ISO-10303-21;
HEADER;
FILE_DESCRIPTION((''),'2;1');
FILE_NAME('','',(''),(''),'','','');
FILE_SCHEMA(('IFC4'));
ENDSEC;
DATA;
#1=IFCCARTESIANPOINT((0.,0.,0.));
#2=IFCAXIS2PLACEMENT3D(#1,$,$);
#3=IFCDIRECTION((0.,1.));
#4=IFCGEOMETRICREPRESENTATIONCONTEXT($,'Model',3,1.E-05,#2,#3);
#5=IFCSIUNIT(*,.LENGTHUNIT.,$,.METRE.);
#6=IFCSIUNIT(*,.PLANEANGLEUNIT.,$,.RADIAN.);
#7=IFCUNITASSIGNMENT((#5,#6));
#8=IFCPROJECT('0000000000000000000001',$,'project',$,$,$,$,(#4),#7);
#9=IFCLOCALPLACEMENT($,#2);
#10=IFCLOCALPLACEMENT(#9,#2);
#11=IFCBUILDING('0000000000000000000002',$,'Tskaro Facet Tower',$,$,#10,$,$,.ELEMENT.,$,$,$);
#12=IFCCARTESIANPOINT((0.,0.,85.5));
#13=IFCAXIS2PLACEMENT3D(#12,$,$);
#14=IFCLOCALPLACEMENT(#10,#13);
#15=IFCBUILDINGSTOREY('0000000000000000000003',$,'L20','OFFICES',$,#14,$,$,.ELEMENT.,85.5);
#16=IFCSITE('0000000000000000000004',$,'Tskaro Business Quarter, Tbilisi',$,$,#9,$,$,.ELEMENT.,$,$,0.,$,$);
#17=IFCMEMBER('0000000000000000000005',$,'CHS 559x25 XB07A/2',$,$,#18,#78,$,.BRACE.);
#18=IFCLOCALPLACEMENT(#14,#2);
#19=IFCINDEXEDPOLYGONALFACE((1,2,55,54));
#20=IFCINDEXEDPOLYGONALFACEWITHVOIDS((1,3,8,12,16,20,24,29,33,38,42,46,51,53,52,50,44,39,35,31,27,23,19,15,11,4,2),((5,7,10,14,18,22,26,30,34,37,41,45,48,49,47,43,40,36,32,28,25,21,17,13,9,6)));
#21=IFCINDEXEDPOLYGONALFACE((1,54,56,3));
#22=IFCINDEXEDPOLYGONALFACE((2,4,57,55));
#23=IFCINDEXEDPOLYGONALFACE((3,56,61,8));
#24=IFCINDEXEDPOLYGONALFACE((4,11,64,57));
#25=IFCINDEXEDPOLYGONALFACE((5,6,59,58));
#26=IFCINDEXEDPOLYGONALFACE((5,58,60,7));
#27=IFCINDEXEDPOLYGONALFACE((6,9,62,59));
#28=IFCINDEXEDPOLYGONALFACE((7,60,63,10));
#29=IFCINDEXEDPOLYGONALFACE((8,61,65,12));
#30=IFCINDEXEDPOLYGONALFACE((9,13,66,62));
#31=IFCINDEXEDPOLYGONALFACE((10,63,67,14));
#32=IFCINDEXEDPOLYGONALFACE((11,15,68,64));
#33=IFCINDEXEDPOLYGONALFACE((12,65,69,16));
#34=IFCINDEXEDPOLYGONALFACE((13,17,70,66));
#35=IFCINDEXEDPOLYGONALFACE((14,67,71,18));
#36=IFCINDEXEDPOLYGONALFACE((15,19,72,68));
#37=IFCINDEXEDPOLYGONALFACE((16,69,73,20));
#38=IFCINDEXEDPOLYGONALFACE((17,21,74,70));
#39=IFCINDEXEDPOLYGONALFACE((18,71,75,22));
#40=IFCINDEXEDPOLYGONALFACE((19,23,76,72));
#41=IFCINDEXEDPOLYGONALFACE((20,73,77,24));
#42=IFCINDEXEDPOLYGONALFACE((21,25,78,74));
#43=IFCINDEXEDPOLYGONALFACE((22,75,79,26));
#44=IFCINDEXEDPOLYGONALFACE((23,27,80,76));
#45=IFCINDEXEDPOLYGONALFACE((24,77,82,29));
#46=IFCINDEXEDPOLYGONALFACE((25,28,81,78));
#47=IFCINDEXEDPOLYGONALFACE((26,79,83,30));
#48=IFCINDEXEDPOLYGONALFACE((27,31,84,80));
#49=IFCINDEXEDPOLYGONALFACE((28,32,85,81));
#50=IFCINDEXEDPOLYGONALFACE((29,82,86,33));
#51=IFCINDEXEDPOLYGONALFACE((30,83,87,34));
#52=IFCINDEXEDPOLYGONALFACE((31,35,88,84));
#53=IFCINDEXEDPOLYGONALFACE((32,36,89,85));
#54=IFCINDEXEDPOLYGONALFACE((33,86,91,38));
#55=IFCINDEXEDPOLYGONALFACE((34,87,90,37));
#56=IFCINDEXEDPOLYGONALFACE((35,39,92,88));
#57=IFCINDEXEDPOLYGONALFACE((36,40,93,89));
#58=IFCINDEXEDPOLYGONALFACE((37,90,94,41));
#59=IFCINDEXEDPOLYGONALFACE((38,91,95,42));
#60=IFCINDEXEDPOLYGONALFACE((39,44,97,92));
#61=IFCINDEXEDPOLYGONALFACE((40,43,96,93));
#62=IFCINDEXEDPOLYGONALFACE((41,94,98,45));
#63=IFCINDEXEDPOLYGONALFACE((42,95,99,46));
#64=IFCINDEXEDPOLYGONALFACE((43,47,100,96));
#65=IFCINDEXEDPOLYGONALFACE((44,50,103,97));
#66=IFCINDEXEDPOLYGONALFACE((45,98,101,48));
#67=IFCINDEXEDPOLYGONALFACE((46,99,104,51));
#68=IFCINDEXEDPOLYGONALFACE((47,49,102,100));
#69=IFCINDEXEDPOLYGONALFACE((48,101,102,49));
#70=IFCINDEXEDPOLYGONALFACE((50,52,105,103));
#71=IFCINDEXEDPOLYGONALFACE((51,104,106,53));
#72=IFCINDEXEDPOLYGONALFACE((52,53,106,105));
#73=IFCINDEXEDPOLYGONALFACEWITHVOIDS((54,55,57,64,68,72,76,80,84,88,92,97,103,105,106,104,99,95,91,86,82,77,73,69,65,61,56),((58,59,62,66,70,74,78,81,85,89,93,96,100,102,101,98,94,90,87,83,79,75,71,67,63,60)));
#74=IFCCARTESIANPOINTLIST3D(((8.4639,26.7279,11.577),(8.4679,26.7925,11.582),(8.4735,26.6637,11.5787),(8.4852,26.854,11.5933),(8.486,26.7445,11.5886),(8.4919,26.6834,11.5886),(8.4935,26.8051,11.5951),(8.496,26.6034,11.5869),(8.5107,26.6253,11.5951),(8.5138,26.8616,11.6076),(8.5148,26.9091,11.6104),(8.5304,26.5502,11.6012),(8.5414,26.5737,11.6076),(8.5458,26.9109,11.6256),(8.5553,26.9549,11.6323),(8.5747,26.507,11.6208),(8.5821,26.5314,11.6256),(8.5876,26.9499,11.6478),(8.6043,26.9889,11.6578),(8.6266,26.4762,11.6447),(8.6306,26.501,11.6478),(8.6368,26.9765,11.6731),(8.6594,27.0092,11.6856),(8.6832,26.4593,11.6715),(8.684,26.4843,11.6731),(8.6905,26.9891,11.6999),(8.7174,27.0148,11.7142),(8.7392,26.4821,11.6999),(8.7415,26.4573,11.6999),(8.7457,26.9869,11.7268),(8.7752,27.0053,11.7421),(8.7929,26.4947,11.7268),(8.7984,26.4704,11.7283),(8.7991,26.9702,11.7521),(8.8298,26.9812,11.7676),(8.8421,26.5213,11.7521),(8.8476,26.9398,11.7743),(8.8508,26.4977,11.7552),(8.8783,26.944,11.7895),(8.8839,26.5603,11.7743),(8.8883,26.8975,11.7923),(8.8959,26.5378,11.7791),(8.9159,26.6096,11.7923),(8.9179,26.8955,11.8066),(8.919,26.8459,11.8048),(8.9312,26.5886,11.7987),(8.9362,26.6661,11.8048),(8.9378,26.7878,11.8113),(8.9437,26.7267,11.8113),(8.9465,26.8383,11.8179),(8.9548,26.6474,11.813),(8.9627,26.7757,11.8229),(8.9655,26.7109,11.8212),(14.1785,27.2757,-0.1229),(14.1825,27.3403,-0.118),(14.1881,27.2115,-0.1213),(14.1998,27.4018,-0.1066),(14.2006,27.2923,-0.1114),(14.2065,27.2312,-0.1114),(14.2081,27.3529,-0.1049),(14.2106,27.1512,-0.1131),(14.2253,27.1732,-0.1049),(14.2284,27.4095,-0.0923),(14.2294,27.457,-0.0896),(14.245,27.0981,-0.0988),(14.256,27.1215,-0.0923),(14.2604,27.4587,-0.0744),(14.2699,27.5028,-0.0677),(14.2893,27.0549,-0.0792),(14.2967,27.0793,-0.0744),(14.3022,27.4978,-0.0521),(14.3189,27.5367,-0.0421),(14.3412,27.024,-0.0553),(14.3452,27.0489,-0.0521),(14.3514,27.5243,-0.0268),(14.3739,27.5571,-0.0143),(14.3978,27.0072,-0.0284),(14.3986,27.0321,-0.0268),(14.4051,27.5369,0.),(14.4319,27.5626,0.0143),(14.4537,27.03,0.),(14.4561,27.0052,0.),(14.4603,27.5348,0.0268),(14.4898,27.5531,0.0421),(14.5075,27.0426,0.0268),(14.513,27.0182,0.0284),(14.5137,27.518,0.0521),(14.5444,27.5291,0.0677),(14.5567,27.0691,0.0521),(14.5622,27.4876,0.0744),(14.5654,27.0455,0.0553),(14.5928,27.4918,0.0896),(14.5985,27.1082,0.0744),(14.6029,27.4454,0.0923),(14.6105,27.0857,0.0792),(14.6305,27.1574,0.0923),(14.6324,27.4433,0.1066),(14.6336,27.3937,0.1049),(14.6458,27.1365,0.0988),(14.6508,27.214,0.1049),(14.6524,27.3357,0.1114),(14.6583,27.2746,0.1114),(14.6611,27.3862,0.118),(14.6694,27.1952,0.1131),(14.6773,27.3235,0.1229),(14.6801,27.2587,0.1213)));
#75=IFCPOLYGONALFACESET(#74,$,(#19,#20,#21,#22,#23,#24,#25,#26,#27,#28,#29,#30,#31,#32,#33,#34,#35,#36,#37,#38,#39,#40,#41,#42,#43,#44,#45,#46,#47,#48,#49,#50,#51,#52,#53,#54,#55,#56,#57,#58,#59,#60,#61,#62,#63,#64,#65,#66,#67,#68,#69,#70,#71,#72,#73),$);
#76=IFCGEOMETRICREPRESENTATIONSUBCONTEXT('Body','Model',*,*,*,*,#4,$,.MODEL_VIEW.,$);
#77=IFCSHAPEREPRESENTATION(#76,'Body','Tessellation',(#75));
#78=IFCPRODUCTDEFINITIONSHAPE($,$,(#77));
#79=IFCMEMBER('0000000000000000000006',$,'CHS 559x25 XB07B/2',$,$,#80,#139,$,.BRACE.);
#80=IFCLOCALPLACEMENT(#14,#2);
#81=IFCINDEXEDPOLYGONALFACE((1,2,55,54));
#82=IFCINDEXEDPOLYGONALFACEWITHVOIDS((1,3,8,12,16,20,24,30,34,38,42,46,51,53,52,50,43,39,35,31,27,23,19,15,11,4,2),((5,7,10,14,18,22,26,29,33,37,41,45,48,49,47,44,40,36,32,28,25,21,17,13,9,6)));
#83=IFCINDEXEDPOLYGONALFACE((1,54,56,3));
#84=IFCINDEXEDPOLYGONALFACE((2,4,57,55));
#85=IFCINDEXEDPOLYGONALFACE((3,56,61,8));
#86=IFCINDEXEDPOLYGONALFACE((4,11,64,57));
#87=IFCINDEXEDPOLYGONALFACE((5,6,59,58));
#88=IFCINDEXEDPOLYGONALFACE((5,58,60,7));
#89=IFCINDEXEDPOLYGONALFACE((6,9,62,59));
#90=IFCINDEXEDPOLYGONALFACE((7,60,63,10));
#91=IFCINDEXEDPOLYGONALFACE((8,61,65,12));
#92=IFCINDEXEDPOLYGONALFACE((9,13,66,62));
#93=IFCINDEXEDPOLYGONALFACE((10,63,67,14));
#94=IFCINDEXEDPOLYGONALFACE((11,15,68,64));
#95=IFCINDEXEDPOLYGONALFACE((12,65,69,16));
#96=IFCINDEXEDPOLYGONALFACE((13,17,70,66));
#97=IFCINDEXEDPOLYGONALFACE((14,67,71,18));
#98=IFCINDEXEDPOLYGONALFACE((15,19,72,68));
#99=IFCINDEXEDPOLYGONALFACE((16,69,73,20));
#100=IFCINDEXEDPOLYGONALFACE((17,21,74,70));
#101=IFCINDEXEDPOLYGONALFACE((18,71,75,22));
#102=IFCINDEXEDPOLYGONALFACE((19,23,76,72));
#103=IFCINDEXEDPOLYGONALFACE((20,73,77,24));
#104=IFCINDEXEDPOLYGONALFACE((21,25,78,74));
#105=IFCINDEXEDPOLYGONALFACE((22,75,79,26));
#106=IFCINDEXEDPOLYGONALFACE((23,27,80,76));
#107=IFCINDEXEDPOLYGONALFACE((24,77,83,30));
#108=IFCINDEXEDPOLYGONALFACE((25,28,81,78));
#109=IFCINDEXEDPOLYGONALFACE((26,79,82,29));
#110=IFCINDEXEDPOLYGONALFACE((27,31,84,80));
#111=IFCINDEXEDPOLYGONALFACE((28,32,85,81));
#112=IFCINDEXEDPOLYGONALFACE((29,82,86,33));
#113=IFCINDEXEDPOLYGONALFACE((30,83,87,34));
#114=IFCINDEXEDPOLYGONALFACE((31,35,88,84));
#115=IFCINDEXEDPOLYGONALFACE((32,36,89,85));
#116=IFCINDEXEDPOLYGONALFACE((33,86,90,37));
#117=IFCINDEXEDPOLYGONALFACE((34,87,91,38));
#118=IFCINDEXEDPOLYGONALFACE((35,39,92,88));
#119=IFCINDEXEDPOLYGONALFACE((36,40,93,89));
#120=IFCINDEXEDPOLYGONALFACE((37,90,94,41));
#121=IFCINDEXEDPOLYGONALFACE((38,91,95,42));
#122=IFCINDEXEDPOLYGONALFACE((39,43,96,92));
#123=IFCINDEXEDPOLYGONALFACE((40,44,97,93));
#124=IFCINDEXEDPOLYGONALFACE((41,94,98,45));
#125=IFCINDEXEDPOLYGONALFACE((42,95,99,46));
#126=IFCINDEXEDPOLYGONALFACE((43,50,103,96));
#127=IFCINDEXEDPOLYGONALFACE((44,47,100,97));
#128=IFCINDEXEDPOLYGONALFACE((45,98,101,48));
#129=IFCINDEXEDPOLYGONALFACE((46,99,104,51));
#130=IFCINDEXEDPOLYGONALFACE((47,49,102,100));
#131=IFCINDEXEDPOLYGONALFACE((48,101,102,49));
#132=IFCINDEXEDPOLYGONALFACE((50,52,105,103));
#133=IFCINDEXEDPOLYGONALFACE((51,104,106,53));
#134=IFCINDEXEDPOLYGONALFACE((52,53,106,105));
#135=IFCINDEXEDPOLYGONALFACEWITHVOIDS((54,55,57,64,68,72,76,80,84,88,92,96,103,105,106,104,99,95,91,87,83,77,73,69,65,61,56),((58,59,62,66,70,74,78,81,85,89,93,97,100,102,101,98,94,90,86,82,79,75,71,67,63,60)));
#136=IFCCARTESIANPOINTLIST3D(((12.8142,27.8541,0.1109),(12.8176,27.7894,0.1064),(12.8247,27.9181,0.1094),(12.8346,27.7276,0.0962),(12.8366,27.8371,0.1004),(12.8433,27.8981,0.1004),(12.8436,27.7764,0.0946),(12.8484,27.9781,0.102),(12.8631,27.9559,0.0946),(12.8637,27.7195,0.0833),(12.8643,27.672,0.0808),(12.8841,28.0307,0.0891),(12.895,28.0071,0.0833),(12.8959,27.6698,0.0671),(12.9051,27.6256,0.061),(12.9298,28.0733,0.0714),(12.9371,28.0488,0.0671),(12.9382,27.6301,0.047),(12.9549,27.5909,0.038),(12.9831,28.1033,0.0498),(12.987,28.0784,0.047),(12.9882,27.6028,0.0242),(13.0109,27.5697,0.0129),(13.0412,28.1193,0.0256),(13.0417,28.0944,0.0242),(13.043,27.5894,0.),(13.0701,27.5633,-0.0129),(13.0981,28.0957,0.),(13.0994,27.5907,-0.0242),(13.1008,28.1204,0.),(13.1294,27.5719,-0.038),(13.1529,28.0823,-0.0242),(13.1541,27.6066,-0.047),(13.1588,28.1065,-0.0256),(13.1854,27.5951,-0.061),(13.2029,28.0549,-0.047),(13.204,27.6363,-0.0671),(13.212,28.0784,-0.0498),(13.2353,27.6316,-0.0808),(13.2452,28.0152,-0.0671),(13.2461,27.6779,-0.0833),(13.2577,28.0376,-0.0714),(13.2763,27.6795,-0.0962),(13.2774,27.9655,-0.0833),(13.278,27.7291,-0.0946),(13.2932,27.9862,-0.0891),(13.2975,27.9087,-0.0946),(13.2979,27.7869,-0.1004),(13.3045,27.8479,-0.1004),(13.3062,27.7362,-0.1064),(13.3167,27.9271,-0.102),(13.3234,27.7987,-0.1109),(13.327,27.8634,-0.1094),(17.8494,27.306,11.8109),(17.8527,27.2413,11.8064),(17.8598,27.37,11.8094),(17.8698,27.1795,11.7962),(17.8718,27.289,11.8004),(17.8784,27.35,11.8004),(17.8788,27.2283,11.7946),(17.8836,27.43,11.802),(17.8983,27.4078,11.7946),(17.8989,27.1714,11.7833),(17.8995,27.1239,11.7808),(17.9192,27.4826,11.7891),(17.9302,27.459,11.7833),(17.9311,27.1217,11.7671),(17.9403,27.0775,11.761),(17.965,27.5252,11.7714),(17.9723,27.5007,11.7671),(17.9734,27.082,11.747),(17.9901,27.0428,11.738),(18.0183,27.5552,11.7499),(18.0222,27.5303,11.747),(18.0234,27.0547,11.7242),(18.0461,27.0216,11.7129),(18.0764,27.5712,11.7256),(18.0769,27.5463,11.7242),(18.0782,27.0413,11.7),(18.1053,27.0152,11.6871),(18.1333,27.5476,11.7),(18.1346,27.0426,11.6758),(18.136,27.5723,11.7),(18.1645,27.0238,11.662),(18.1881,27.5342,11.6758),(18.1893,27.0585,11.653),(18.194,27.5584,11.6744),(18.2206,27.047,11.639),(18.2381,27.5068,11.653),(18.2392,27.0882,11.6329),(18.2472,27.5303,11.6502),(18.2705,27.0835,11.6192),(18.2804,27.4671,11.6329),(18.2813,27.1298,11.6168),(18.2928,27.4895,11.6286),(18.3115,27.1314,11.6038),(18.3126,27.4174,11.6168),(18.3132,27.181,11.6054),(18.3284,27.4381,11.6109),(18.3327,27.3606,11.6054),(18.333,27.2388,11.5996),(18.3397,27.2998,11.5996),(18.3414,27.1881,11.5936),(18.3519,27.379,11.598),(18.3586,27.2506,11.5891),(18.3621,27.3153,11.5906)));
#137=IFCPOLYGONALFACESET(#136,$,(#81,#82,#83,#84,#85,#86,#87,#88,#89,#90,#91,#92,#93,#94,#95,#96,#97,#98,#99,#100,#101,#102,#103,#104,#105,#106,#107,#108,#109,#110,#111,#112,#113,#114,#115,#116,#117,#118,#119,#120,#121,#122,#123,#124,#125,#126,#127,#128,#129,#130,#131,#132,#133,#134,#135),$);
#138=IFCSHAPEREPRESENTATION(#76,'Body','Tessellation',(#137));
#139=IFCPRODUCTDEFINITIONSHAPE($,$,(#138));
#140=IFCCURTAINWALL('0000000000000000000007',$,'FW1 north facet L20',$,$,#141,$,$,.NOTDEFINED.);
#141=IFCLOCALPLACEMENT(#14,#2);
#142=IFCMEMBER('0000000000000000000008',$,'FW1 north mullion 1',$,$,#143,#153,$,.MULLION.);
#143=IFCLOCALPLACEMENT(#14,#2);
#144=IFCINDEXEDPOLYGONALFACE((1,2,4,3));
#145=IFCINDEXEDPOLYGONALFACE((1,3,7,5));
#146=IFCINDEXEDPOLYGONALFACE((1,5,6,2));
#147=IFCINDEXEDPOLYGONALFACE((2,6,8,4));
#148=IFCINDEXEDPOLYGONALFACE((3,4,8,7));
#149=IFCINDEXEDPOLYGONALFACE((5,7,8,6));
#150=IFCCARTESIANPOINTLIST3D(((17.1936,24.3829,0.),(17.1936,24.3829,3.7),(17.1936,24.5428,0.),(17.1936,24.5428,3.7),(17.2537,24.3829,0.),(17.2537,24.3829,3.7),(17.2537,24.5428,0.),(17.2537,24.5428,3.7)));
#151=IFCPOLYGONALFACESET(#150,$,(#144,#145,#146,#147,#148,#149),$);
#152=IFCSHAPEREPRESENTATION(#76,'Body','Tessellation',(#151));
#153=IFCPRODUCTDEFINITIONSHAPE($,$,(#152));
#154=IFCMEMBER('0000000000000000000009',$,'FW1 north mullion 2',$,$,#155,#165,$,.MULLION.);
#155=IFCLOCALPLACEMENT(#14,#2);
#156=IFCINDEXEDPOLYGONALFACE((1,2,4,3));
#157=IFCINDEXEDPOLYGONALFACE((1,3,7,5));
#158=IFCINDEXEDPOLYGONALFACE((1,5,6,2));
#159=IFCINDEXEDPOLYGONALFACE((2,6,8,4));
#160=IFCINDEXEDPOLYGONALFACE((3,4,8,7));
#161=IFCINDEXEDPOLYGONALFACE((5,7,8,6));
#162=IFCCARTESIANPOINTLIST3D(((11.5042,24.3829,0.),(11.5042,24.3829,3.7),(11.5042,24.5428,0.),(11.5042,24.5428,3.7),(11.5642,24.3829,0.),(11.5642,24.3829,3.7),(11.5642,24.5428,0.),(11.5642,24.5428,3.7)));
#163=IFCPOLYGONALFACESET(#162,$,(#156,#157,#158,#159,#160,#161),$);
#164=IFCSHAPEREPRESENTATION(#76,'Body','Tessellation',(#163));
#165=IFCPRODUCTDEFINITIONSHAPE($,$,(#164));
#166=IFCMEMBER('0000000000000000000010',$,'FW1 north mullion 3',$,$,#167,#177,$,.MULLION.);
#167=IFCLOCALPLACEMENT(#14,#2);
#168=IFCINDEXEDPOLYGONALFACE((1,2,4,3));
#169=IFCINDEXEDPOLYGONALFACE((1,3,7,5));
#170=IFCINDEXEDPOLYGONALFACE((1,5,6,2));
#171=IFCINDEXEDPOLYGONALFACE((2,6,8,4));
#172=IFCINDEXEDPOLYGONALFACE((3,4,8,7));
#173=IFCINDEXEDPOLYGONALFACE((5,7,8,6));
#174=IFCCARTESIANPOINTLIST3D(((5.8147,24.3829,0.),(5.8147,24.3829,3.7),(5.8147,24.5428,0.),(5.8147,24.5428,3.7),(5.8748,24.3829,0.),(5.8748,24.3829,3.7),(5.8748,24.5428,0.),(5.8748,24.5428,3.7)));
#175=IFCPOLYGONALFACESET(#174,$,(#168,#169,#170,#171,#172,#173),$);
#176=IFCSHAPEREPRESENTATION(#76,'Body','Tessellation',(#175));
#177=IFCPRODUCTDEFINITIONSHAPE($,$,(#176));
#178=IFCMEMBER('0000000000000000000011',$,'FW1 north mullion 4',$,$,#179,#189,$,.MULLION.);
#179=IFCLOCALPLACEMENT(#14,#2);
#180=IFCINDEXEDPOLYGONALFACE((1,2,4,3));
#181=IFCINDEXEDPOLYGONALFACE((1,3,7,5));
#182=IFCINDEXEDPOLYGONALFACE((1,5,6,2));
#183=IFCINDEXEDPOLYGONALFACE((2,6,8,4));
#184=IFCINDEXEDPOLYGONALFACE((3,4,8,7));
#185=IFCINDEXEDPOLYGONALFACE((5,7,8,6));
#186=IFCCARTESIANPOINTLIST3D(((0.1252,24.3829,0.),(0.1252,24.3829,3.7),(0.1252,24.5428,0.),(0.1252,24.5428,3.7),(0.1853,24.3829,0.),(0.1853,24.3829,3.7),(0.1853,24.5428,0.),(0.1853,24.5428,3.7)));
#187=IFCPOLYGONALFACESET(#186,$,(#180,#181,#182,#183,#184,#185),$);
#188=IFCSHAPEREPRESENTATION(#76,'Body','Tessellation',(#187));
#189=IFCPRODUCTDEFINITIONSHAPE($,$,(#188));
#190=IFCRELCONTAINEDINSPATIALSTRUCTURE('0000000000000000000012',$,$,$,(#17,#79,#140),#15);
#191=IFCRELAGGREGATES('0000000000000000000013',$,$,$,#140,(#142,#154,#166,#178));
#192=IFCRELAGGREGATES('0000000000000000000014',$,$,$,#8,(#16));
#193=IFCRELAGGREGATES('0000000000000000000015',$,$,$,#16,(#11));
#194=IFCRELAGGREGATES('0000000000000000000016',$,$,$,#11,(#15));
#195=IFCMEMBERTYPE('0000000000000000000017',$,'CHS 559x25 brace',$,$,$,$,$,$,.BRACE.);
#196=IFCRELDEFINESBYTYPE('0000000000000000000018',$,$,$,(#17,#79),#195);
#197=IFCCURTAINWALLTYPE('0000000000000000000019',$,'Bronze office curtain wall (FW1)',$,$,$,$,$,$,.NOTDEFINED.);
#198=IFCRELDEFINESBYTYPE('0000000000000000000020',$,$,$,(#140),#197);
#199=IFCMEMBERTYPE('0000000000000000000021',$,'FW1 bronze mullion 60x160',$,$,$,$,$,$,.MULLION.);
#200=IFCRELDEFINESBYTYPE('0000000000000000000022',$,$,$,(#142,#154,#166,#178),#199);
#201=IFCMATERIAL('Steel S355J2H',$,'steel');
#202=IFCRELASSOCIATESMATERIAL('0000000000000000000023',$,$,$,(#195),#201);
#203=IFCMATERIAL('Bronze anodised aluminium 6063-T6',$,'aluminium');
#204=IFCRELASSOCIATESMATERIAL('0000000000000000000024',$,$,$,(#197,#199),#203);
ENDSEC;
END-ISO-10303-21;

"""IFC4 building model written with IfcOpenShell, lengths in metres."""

from ifc_helpers import new_model, si_unit, direction, frame, origin, origin_2d, place, context, subcontext, project, spatial, rectangle, hollow_circle, extrude, material, material_profile, profile_set, type_object, element, aggregate, save


model = new_model("IFC4")

# Units and contexts
model_context = context("Model", 3, precision=1e-05, world=origin(), true_north=direction((0.0, 1.0)))
body_context = subcontext(model_context, "Body", "Model", "MODEL_VIEW")
ifc_project = project(units=[si_unit("LENGTHUNIT", "METRE"), si_unit("PLANEANGLEUNIT", "RADIAN")], contexts=[model_context])

# Site, building, storey
site_placement = place(None, origin())
site = spatial("IfcSite", under=ifc_project, at=site_placement, Name="Tskaro Business Quarter, Tbilisi", CompositionType="ELEMENT", RefElevation=0.0)
building_placement = place(site_placement, origin())
building = spatial("IfcBuilding", under=site, at=building_placement, Name="Tskaro Facet Tower", CompositionType="ELEMENT")
storey_placement = place(building_placement, frame((0.0, 0.0, 85.5)))
storey = spatial("IfcBuildingStorey", under=building, at=storey_placement, Name="L20", Description="OFFICES", CompositionType="ELEMENT", Elevation=85.5)

# Shared definitions
ifc_material_1 = material(Name="Steel S355J2H", Category="steel")

# Members
ifc_material_profile_1 = material_profile(ifc_material_1, hollow_circle(Radius=0.2795, WallThickness=0.0249, at=origin_2d()), Name="CHS 559x25")
ifc_profile_set_1 = profile_set([ifc_material_profile_1], Name="Steel S355J2H")
member_type_1 = type_object("IfcMemberType", Name="CHS 559x25 brace", PredefinedType="BRACE", material=ifc_profile_set_1)
member_1_placement = place(storey_placement, frame((14.4294, 27.2834, 0.0), z_axis=(-0.438489, -0.042037, 0.897753), x_axis=(0.095431, -0.995436, 0.0)))
element("IfcMember", 1, at=member_1_placement, inside=storey, type_object=member_type_1, Name="CHS 559x25 XB07A/2", PredefinedType="BRACE", context=body_context, shape_type="SweptSolid", body=[
    extrude(hollow_circle(Radius=0.2795, WallThickness=0.0249, at=origin_2d()), origin(), (0.0, 0.0, 1.0), 13.0325),
])
member_2_placement = place(storey_placement, frame((13.0706, 27.8425, 0.0), z_axis=(0.394939, -0.042991, 0.917701), x_axis=(0.108215, 0.994128, 0.0)))
element("IfcMember", 2, at=member_2_placement, inside=storey, type_object=member_type_1, Name="CHS 559x25 XB07B/2", PredefinedType="BRACE", context=body_context, shape_type="SweptSolid", body=[
    extrude(hollow_circle(Radius=0.2795, WallThickness=0.0249, at=origin_2d()), origin(), (0.0, 0.0, 1.0), 12.7493),
])

# Curtain wall, members
ifc_material_2 = material(Name="Bronze anodised aluminium 6063-T6", Category="aluminium")
curtain_wall_type = type_object("IfcCurtainWallType", Name="Bronze office curtain wall (FW1)", PredefinedType="NOTDEFINED", material=ifc_material_2)
curtain_wall_placement = place(storey_placement, origin())
curtain_wall = element("IfcCurtainWall", 3, at=curtain_wall_placement, inside=storey, type_object=curtain_wall_type, Name="FW1 north facet L20", PredefinedType="NOTDEFINED")
ifc_material_profile_2 = material_profile(ifc_material_2, rectangle(XDim=0.0601, YDim=0.1599, at=origin_2d()), Name="Mullion 60x160")
ifc_profile_set_2 = profile_set([ifc_material_profile_2], Name="Bronze anodised aluminium 6063-T6")
member_type_2 = type_object("IfcMemberType", Name="FW1 bronze mullion 60x160", PredefinedType="MULLION", material=ifc_profile_set_2)
member_3_placement = place(storey_placement, frame((17.2236, 24.4629, 0.0), z_axis=(0.0, 0.0, 1.0), x_axis=(-1.0, 0.0, 0.0)))
member_3 = element("IfcMember", 4, at=member_3_placement, type_object=member_type_2, Name="FW1 north mullion 1", PredefinedType="MULLION", context=body_context, shape_type="SweptSolid", body=[
    extrude(rectangle(XDim=0.0601, YDim=0.1599, at=origin_2d()), origin(), (0.0, 0.0, 1.0), 3.7),
])
member_4_placement = place(storey_placement, frame((11.5342, 24.4629, 0.0), z_axis=(0.0, 0.0, 1.0), x_axis=(-1.0, 0.0, 0.0)))
member_4 = element("IfcMember", 5, at=member_4_placement, type_object=member_type_2, Name="FW1 north mullion 2", PredefinedType="MULLION", context=body_context, shape_type="SweptSolid", body=[
    extrude(rectangle(XDim=0.0601, YDim=0.1599, at=origin_2d()), origin(), (0.0, 0.0, 1.0), 3.7),
])
member_5_placement = place(storey_placement, frame((5.8447, 24.4629, 0.0), z_axis=(0.0, 0.0, 1.0), x_axis=(-1.0, 0.0, 0.0)))
member_5 = element("IfcMember", 6, at=member_5_placement, type_object=member_type_2, Name="FW1 north mullion 3", PredefinedType="MULLION", context=body_context, shape_type="SweptSolid", body=[
    extrude(rectangle(XDim=0.0601, YDim=0.1599, at=origin_2d()), origin(), (0.0, 0.0, 1.0), 3.7),
])
member_6_placement = place(storey_placement, frame((0.1553, 24.4629, 0.0), z_axis=(0.0, 0.0, 1.0), x_axis=(-1.0, 0.0, 0.0)))
member_6 = element("IfcMember", 7, at=member_6_placement, type_object=member_type_2, Name="FW1 north mullion 4", PredefinedType="MULLION", context=body_context, shape_type="SweptSolid", body=[
    extrude(rectangle(XDim=0.0601, YDim=0.1599, at=origin_2d()), origin(), (0.0, 0.0, 1.0), 3.7),
])

aggregate(curtain_wall, [member_3, member_4, member_5, member_6])

save(model, "model.ifc")
